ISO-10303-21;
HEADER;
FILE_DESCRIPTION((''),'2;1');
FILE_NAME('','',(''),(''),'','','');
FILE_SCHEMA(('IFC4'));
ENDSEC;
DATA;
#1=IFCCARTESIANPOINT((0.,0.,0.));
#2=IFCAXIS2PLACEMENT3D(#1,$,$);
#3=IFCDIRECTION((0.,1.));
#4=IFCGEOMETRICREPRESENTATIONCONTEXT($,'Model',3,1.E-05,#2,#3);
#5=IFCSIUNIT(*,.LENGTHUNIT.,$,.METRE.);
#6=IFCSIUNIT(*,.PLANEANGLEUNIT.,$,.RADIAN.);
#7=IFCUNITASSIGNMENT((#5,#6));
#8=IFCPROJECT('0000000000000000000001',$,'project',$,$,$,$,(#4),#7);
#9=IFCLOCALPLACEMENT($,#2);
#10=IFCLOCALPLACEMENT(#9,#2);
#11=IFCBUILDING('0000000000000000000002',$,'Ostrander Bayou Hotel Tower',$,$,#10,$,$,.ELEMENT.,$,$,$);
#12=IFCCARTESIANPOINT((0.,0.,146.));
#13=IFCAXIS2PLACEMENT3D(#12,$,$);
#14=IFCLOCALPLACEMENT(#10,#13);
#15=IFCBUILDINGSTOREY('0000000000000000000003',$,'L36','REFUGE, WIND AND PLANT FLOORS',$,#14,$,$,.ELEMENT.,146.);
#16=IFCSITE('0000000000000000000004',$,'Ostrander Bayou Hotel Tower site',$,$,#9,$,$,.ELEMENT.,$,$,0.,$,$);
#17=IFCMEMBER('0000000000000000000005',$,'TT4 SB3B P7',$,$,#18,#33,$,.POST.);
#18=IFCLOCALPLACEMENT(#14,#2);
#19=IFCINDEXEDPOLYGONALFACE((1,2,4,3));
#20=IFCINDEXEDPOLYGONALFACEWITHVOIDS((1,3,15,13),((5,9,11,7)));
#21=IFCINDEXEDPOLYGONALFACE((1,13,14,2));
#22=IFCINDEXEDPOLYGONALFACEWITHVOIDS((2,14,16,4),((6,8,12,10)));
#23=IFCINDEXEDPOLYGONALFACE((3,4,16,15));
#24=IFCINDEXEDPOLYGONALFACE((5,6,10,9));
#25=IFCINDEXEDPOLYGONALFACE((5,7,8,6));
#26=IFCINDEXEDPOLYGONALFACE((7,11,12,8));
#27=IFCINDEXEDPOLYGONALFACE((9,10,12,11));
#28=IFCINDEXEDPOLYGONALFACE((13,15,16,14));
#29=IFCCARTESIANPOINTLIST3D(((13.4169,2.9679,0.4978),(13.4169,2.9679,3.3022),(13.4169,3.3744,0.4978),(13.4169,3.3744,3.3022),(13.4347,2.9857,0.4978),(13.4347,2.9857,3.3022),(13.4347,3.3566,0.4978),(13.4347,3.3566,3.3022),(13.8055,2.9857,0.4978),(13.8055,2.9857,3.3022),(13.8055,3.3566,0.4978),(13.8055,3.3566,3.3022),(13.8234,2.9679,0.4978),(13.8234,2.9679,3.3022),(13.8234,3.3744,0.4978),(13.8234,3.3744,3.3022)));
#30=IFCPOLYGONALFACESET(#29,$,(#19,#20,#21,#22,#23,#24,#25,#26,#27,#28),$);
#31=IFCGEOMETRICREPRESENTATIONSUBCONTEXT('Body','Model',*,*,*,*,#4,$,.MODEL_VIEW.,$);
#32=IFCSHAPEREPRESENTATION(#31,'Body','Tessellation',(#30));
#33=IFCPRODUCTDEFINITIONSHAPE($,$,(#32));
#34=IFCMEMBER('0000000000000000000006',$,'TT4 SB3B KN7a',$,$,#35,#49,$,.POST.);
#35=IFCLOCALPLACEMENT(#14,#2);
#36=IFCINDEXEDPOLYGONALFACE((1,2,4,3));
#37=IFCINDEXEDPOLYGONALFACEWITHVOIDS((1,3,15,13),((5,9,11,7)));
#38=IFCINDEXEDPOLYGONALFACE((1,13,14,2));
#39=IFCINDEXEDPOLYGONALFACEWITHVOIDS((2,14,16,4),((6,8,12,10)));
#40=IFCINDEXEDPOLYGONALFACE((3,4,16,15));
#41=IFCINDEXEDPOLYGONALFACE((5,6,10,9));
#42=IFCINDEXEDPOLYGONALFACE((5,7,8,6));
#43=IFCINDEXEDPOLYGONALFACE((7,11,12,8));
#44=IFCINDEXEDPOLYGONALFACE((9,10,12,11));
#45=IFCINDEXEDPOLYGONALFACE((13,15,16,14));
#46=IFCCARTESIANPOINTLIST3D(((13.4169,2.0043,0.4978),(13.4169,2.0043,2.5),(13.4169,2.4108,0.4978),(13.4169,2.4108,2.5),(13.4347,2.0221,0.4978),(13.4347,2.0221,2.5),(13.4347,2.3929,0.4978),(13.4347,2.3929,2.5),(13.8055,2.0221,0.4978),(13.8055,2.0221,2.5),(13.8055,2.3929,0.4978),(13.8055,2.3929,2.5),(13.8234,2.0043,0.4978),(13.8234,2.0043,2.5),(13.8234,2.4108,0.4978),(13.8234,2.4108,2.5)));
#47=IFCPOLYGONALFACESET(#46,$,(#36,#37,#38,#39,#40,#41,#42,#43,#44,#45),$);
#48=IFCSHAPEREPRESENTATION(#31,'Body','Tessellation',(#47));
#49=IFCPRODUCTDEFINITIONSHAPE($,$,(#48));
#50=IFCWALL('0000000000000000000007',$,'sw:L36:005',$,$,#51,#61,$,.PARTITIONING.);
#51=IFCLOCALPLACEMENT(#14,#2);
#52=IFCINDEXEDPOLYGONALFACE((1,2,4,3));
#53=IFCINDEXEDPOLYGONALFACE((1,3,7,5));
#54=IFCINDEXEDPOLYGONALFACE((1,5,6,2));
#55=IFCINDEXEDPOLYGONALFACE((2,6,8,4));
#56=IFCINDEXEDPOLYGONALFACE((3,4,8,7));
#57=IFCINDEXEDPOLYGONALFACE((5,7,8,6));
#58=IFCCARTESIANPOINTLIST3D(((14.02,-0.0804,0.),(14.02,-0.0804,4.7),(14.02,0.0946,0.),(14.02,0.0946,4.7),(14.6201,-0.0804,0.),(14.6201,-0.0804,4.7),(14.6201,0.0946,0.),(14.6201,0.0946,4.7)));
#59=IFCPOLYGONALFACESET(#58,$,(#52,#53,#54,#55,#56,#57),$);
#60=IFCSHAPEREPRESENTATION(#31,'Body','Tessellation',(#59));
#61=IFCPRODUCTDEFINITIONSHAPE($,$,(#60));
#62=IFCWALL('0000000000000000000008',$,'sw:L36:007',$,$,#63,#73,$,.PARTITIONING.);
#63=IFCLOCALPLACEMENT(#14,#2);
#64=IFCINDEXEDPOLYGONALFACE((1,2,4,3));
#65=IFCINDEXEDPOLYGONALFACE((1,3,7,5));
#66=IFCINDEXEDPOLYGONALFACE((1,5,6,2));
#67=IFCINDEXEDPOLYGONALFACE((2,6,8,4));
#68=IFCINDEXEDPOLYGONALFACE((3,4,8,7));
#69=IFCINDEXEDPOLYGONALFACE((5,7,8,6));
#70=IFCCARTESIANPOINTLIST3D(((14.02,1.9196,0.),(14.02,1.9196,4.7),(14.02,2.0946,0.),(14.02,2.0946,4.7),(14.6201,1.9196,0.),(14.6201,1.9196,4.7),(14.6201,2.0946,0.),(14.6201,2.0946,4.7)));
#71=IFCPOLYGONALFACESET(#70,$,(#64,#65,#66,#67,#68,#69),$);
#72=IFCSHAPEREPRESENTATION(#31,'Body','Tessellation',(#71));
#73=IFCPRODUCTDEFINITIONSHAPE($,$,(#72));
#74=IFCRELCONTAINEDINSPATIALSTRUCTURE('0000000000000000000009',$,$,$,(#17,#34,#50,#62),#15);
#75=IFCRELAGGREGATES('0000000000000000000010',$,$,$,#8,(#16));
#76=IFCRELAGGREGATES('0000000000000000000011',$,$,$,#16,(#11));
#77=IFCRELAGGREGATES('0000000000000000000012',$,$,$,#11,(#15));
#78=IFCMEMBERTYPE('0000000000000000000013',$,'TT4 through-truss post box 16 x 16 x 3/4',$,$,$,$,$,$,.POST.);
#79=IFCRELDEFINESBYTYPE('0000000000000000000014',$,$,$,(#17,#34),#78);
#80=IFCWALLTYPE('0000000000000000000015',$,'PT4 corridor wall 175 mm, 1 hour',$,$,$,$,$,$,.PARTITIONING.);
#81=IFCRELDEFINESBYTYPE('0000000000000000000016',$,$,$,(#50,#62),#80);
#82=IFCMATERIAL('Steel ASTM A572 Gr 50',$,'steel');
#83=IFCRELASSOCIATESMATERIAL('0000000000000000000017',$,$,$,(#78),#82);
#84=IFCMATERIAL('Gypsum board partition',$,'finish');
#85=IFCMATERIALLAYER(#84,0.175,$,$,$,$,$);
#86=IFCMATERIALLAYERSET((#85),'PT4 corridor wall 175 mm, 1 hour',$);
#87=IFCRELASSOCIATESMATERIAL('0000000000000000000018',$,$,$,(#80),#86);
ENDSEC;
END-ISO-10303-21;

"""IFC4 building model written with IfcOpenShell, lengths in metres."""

from ifc_helpers import new_model, si_unit, direction, frame, frame_2d, origin, origin_2d, place, context, subcontext, project, spatial, rectangle, hollow_rectangle, extrude, material, layer, layer_set, material_profile, profile_set, type_object, element, save


model = new_model("IFC4")

# Units and contexts
model_context = context("Model", 3, precision=1e-05, world=origin(), true_north=direction((0.0, 1.0)))
body_context = subcontext(model_context, "Body", "Model", "MODEL_VIEW")
ifc_project = project(units=[si_unit("LENGTHUNIT", "METRE"), si_unit("PLANEANGLEUNIT", "RADIAN")], contexts=[model_context])

# Site, building, storey
site_placement = place(None, origin())
site = spatial("IfcSite", under=ifc_project, at=site_placement, Name="Ostrander Bayou Hotel Tower site", CompositionType="ELEMENT", RefElevation=0.0)
building_placement = place(site_placement, origin())
building = spatial("IfcBuilding", under=site, at=building_placement, Name="Ostrander Bayou Hotel Tower", CompositionType="ELEMENT")
storey_placement = place(building_placement, frame((0.0, 0.0, 146.0)))
storey = spatial("IfcBuildingStorey", under=building, at=storey_placement, Name="L36", Description="REFUGE, WIND AND PLANT FLOORS", CompositionType="ELEMENT", Elevation=146.0)

# Members
ifc_material_1 = material(Name="Steel ASTM A572 Gr 50", Category="steel")
ifc_material_profile_1 = material_profile(ifc_material_1, hollow_rectangle(XDim=0.4065, YDim=0.4065, WallThickness=0.0178, at=origin_2d()))
ifc_profile_set_1 = profile_set([ifc_material_profile_1], Name="Steel ASTM A572 Gr 50")
member_type_1 = type_object("IfcMemberType", Name="TT4 through-truss post box 16 x 16 x 3/4", PredefinedType="POST", material=ifc_profile_set_1)
for number, where, z_axis, x_axis, name in (
    (1, (13.6201, 3.1711, 0.4978), (0.0, 0.0, 1.0), (1.0, 0.0, 0.0), "TT4 SB3B P7"),
):
    element("IfcMember", number, at=place(storey_placement, frame(where, z_axis=z_axis, x_axis=x_axis)), inside=storey, type_object=member_type_1, Name=name, PredefinedType="POST", context=body_context, shape_type="SweptSolid", body=[
        extrude(hollow_rectangle(XDim=0.4065, YDim=0.4065, WallThickness=0.0178, at=origin_2d()), origin(), (0.0, 0.0, 1.0), 2.8044),
    ])
member_1_placement = place(storey_placement, frame((13.6201, 2.2075, 0.4978), z_axis=(0.0, 0.0, 1.0), x_axis=(1.0, 0.0, 0.0)))
element("IfcMember", 2, at=member_1_placement, inside=storey, type_object=member_type_1, Name="TT4 SB3B KN7a", PredefinedType="POST", context=body_context, shape_type="SweptSolid", body=[
    extrude(hollow_rectangle(XDim=0.4065, YDim=0.4065, WallThickness=0.0178, at=origin_2d()), origin(), (0.0, 0.0, 1.0), 2.0022),
])

# Walls
ifc_material_2 = material(Name="Gypsum board partition", Category="finish")
ifc_layer_1 = layer(ifc_material_2, 0.175)
ifc_layer_set_1 = layer_set([ifc_layer_1], Name="PT4 corridor wall 175 mm, 1 hour")
wall_type = type_object("IfcWallType", Name="PT4 corridor wall 175 mm, 1 hour", PredefinedType="PARTITIONING", material=ifc_layer_set_1)
for number, where, z_axis, x_axis, name in (
    (3, (14.02, 0.0071, 0.0), (0.0, 0.0, 1.0), (1.0, 0.0, 0.0), "sw:L36:005"),
    (4, (14.02, 2.0071, 0.0), (0.0, 0.0, 1.0), (1.0, 0.0, 0.0), "sw:L36:007"),
):
    element("IfcWall", number, at=place(storey_placement, frame(where, z_axis=z_axis, x_axis=x_axis)), inside=storey, type_object=wall_type, Name=name, PredefinedType="PARTITIONING", context=body_context, shape_type="SweptSolid", body=[
        extrude(rectangle(XDim=0.6001, YDim=0.175, at=frame_2d((0.3, 0.0))), origin(), (0.0, 0.0, 1.0), 4.7),
    ])

save(model, "model.ifc")
